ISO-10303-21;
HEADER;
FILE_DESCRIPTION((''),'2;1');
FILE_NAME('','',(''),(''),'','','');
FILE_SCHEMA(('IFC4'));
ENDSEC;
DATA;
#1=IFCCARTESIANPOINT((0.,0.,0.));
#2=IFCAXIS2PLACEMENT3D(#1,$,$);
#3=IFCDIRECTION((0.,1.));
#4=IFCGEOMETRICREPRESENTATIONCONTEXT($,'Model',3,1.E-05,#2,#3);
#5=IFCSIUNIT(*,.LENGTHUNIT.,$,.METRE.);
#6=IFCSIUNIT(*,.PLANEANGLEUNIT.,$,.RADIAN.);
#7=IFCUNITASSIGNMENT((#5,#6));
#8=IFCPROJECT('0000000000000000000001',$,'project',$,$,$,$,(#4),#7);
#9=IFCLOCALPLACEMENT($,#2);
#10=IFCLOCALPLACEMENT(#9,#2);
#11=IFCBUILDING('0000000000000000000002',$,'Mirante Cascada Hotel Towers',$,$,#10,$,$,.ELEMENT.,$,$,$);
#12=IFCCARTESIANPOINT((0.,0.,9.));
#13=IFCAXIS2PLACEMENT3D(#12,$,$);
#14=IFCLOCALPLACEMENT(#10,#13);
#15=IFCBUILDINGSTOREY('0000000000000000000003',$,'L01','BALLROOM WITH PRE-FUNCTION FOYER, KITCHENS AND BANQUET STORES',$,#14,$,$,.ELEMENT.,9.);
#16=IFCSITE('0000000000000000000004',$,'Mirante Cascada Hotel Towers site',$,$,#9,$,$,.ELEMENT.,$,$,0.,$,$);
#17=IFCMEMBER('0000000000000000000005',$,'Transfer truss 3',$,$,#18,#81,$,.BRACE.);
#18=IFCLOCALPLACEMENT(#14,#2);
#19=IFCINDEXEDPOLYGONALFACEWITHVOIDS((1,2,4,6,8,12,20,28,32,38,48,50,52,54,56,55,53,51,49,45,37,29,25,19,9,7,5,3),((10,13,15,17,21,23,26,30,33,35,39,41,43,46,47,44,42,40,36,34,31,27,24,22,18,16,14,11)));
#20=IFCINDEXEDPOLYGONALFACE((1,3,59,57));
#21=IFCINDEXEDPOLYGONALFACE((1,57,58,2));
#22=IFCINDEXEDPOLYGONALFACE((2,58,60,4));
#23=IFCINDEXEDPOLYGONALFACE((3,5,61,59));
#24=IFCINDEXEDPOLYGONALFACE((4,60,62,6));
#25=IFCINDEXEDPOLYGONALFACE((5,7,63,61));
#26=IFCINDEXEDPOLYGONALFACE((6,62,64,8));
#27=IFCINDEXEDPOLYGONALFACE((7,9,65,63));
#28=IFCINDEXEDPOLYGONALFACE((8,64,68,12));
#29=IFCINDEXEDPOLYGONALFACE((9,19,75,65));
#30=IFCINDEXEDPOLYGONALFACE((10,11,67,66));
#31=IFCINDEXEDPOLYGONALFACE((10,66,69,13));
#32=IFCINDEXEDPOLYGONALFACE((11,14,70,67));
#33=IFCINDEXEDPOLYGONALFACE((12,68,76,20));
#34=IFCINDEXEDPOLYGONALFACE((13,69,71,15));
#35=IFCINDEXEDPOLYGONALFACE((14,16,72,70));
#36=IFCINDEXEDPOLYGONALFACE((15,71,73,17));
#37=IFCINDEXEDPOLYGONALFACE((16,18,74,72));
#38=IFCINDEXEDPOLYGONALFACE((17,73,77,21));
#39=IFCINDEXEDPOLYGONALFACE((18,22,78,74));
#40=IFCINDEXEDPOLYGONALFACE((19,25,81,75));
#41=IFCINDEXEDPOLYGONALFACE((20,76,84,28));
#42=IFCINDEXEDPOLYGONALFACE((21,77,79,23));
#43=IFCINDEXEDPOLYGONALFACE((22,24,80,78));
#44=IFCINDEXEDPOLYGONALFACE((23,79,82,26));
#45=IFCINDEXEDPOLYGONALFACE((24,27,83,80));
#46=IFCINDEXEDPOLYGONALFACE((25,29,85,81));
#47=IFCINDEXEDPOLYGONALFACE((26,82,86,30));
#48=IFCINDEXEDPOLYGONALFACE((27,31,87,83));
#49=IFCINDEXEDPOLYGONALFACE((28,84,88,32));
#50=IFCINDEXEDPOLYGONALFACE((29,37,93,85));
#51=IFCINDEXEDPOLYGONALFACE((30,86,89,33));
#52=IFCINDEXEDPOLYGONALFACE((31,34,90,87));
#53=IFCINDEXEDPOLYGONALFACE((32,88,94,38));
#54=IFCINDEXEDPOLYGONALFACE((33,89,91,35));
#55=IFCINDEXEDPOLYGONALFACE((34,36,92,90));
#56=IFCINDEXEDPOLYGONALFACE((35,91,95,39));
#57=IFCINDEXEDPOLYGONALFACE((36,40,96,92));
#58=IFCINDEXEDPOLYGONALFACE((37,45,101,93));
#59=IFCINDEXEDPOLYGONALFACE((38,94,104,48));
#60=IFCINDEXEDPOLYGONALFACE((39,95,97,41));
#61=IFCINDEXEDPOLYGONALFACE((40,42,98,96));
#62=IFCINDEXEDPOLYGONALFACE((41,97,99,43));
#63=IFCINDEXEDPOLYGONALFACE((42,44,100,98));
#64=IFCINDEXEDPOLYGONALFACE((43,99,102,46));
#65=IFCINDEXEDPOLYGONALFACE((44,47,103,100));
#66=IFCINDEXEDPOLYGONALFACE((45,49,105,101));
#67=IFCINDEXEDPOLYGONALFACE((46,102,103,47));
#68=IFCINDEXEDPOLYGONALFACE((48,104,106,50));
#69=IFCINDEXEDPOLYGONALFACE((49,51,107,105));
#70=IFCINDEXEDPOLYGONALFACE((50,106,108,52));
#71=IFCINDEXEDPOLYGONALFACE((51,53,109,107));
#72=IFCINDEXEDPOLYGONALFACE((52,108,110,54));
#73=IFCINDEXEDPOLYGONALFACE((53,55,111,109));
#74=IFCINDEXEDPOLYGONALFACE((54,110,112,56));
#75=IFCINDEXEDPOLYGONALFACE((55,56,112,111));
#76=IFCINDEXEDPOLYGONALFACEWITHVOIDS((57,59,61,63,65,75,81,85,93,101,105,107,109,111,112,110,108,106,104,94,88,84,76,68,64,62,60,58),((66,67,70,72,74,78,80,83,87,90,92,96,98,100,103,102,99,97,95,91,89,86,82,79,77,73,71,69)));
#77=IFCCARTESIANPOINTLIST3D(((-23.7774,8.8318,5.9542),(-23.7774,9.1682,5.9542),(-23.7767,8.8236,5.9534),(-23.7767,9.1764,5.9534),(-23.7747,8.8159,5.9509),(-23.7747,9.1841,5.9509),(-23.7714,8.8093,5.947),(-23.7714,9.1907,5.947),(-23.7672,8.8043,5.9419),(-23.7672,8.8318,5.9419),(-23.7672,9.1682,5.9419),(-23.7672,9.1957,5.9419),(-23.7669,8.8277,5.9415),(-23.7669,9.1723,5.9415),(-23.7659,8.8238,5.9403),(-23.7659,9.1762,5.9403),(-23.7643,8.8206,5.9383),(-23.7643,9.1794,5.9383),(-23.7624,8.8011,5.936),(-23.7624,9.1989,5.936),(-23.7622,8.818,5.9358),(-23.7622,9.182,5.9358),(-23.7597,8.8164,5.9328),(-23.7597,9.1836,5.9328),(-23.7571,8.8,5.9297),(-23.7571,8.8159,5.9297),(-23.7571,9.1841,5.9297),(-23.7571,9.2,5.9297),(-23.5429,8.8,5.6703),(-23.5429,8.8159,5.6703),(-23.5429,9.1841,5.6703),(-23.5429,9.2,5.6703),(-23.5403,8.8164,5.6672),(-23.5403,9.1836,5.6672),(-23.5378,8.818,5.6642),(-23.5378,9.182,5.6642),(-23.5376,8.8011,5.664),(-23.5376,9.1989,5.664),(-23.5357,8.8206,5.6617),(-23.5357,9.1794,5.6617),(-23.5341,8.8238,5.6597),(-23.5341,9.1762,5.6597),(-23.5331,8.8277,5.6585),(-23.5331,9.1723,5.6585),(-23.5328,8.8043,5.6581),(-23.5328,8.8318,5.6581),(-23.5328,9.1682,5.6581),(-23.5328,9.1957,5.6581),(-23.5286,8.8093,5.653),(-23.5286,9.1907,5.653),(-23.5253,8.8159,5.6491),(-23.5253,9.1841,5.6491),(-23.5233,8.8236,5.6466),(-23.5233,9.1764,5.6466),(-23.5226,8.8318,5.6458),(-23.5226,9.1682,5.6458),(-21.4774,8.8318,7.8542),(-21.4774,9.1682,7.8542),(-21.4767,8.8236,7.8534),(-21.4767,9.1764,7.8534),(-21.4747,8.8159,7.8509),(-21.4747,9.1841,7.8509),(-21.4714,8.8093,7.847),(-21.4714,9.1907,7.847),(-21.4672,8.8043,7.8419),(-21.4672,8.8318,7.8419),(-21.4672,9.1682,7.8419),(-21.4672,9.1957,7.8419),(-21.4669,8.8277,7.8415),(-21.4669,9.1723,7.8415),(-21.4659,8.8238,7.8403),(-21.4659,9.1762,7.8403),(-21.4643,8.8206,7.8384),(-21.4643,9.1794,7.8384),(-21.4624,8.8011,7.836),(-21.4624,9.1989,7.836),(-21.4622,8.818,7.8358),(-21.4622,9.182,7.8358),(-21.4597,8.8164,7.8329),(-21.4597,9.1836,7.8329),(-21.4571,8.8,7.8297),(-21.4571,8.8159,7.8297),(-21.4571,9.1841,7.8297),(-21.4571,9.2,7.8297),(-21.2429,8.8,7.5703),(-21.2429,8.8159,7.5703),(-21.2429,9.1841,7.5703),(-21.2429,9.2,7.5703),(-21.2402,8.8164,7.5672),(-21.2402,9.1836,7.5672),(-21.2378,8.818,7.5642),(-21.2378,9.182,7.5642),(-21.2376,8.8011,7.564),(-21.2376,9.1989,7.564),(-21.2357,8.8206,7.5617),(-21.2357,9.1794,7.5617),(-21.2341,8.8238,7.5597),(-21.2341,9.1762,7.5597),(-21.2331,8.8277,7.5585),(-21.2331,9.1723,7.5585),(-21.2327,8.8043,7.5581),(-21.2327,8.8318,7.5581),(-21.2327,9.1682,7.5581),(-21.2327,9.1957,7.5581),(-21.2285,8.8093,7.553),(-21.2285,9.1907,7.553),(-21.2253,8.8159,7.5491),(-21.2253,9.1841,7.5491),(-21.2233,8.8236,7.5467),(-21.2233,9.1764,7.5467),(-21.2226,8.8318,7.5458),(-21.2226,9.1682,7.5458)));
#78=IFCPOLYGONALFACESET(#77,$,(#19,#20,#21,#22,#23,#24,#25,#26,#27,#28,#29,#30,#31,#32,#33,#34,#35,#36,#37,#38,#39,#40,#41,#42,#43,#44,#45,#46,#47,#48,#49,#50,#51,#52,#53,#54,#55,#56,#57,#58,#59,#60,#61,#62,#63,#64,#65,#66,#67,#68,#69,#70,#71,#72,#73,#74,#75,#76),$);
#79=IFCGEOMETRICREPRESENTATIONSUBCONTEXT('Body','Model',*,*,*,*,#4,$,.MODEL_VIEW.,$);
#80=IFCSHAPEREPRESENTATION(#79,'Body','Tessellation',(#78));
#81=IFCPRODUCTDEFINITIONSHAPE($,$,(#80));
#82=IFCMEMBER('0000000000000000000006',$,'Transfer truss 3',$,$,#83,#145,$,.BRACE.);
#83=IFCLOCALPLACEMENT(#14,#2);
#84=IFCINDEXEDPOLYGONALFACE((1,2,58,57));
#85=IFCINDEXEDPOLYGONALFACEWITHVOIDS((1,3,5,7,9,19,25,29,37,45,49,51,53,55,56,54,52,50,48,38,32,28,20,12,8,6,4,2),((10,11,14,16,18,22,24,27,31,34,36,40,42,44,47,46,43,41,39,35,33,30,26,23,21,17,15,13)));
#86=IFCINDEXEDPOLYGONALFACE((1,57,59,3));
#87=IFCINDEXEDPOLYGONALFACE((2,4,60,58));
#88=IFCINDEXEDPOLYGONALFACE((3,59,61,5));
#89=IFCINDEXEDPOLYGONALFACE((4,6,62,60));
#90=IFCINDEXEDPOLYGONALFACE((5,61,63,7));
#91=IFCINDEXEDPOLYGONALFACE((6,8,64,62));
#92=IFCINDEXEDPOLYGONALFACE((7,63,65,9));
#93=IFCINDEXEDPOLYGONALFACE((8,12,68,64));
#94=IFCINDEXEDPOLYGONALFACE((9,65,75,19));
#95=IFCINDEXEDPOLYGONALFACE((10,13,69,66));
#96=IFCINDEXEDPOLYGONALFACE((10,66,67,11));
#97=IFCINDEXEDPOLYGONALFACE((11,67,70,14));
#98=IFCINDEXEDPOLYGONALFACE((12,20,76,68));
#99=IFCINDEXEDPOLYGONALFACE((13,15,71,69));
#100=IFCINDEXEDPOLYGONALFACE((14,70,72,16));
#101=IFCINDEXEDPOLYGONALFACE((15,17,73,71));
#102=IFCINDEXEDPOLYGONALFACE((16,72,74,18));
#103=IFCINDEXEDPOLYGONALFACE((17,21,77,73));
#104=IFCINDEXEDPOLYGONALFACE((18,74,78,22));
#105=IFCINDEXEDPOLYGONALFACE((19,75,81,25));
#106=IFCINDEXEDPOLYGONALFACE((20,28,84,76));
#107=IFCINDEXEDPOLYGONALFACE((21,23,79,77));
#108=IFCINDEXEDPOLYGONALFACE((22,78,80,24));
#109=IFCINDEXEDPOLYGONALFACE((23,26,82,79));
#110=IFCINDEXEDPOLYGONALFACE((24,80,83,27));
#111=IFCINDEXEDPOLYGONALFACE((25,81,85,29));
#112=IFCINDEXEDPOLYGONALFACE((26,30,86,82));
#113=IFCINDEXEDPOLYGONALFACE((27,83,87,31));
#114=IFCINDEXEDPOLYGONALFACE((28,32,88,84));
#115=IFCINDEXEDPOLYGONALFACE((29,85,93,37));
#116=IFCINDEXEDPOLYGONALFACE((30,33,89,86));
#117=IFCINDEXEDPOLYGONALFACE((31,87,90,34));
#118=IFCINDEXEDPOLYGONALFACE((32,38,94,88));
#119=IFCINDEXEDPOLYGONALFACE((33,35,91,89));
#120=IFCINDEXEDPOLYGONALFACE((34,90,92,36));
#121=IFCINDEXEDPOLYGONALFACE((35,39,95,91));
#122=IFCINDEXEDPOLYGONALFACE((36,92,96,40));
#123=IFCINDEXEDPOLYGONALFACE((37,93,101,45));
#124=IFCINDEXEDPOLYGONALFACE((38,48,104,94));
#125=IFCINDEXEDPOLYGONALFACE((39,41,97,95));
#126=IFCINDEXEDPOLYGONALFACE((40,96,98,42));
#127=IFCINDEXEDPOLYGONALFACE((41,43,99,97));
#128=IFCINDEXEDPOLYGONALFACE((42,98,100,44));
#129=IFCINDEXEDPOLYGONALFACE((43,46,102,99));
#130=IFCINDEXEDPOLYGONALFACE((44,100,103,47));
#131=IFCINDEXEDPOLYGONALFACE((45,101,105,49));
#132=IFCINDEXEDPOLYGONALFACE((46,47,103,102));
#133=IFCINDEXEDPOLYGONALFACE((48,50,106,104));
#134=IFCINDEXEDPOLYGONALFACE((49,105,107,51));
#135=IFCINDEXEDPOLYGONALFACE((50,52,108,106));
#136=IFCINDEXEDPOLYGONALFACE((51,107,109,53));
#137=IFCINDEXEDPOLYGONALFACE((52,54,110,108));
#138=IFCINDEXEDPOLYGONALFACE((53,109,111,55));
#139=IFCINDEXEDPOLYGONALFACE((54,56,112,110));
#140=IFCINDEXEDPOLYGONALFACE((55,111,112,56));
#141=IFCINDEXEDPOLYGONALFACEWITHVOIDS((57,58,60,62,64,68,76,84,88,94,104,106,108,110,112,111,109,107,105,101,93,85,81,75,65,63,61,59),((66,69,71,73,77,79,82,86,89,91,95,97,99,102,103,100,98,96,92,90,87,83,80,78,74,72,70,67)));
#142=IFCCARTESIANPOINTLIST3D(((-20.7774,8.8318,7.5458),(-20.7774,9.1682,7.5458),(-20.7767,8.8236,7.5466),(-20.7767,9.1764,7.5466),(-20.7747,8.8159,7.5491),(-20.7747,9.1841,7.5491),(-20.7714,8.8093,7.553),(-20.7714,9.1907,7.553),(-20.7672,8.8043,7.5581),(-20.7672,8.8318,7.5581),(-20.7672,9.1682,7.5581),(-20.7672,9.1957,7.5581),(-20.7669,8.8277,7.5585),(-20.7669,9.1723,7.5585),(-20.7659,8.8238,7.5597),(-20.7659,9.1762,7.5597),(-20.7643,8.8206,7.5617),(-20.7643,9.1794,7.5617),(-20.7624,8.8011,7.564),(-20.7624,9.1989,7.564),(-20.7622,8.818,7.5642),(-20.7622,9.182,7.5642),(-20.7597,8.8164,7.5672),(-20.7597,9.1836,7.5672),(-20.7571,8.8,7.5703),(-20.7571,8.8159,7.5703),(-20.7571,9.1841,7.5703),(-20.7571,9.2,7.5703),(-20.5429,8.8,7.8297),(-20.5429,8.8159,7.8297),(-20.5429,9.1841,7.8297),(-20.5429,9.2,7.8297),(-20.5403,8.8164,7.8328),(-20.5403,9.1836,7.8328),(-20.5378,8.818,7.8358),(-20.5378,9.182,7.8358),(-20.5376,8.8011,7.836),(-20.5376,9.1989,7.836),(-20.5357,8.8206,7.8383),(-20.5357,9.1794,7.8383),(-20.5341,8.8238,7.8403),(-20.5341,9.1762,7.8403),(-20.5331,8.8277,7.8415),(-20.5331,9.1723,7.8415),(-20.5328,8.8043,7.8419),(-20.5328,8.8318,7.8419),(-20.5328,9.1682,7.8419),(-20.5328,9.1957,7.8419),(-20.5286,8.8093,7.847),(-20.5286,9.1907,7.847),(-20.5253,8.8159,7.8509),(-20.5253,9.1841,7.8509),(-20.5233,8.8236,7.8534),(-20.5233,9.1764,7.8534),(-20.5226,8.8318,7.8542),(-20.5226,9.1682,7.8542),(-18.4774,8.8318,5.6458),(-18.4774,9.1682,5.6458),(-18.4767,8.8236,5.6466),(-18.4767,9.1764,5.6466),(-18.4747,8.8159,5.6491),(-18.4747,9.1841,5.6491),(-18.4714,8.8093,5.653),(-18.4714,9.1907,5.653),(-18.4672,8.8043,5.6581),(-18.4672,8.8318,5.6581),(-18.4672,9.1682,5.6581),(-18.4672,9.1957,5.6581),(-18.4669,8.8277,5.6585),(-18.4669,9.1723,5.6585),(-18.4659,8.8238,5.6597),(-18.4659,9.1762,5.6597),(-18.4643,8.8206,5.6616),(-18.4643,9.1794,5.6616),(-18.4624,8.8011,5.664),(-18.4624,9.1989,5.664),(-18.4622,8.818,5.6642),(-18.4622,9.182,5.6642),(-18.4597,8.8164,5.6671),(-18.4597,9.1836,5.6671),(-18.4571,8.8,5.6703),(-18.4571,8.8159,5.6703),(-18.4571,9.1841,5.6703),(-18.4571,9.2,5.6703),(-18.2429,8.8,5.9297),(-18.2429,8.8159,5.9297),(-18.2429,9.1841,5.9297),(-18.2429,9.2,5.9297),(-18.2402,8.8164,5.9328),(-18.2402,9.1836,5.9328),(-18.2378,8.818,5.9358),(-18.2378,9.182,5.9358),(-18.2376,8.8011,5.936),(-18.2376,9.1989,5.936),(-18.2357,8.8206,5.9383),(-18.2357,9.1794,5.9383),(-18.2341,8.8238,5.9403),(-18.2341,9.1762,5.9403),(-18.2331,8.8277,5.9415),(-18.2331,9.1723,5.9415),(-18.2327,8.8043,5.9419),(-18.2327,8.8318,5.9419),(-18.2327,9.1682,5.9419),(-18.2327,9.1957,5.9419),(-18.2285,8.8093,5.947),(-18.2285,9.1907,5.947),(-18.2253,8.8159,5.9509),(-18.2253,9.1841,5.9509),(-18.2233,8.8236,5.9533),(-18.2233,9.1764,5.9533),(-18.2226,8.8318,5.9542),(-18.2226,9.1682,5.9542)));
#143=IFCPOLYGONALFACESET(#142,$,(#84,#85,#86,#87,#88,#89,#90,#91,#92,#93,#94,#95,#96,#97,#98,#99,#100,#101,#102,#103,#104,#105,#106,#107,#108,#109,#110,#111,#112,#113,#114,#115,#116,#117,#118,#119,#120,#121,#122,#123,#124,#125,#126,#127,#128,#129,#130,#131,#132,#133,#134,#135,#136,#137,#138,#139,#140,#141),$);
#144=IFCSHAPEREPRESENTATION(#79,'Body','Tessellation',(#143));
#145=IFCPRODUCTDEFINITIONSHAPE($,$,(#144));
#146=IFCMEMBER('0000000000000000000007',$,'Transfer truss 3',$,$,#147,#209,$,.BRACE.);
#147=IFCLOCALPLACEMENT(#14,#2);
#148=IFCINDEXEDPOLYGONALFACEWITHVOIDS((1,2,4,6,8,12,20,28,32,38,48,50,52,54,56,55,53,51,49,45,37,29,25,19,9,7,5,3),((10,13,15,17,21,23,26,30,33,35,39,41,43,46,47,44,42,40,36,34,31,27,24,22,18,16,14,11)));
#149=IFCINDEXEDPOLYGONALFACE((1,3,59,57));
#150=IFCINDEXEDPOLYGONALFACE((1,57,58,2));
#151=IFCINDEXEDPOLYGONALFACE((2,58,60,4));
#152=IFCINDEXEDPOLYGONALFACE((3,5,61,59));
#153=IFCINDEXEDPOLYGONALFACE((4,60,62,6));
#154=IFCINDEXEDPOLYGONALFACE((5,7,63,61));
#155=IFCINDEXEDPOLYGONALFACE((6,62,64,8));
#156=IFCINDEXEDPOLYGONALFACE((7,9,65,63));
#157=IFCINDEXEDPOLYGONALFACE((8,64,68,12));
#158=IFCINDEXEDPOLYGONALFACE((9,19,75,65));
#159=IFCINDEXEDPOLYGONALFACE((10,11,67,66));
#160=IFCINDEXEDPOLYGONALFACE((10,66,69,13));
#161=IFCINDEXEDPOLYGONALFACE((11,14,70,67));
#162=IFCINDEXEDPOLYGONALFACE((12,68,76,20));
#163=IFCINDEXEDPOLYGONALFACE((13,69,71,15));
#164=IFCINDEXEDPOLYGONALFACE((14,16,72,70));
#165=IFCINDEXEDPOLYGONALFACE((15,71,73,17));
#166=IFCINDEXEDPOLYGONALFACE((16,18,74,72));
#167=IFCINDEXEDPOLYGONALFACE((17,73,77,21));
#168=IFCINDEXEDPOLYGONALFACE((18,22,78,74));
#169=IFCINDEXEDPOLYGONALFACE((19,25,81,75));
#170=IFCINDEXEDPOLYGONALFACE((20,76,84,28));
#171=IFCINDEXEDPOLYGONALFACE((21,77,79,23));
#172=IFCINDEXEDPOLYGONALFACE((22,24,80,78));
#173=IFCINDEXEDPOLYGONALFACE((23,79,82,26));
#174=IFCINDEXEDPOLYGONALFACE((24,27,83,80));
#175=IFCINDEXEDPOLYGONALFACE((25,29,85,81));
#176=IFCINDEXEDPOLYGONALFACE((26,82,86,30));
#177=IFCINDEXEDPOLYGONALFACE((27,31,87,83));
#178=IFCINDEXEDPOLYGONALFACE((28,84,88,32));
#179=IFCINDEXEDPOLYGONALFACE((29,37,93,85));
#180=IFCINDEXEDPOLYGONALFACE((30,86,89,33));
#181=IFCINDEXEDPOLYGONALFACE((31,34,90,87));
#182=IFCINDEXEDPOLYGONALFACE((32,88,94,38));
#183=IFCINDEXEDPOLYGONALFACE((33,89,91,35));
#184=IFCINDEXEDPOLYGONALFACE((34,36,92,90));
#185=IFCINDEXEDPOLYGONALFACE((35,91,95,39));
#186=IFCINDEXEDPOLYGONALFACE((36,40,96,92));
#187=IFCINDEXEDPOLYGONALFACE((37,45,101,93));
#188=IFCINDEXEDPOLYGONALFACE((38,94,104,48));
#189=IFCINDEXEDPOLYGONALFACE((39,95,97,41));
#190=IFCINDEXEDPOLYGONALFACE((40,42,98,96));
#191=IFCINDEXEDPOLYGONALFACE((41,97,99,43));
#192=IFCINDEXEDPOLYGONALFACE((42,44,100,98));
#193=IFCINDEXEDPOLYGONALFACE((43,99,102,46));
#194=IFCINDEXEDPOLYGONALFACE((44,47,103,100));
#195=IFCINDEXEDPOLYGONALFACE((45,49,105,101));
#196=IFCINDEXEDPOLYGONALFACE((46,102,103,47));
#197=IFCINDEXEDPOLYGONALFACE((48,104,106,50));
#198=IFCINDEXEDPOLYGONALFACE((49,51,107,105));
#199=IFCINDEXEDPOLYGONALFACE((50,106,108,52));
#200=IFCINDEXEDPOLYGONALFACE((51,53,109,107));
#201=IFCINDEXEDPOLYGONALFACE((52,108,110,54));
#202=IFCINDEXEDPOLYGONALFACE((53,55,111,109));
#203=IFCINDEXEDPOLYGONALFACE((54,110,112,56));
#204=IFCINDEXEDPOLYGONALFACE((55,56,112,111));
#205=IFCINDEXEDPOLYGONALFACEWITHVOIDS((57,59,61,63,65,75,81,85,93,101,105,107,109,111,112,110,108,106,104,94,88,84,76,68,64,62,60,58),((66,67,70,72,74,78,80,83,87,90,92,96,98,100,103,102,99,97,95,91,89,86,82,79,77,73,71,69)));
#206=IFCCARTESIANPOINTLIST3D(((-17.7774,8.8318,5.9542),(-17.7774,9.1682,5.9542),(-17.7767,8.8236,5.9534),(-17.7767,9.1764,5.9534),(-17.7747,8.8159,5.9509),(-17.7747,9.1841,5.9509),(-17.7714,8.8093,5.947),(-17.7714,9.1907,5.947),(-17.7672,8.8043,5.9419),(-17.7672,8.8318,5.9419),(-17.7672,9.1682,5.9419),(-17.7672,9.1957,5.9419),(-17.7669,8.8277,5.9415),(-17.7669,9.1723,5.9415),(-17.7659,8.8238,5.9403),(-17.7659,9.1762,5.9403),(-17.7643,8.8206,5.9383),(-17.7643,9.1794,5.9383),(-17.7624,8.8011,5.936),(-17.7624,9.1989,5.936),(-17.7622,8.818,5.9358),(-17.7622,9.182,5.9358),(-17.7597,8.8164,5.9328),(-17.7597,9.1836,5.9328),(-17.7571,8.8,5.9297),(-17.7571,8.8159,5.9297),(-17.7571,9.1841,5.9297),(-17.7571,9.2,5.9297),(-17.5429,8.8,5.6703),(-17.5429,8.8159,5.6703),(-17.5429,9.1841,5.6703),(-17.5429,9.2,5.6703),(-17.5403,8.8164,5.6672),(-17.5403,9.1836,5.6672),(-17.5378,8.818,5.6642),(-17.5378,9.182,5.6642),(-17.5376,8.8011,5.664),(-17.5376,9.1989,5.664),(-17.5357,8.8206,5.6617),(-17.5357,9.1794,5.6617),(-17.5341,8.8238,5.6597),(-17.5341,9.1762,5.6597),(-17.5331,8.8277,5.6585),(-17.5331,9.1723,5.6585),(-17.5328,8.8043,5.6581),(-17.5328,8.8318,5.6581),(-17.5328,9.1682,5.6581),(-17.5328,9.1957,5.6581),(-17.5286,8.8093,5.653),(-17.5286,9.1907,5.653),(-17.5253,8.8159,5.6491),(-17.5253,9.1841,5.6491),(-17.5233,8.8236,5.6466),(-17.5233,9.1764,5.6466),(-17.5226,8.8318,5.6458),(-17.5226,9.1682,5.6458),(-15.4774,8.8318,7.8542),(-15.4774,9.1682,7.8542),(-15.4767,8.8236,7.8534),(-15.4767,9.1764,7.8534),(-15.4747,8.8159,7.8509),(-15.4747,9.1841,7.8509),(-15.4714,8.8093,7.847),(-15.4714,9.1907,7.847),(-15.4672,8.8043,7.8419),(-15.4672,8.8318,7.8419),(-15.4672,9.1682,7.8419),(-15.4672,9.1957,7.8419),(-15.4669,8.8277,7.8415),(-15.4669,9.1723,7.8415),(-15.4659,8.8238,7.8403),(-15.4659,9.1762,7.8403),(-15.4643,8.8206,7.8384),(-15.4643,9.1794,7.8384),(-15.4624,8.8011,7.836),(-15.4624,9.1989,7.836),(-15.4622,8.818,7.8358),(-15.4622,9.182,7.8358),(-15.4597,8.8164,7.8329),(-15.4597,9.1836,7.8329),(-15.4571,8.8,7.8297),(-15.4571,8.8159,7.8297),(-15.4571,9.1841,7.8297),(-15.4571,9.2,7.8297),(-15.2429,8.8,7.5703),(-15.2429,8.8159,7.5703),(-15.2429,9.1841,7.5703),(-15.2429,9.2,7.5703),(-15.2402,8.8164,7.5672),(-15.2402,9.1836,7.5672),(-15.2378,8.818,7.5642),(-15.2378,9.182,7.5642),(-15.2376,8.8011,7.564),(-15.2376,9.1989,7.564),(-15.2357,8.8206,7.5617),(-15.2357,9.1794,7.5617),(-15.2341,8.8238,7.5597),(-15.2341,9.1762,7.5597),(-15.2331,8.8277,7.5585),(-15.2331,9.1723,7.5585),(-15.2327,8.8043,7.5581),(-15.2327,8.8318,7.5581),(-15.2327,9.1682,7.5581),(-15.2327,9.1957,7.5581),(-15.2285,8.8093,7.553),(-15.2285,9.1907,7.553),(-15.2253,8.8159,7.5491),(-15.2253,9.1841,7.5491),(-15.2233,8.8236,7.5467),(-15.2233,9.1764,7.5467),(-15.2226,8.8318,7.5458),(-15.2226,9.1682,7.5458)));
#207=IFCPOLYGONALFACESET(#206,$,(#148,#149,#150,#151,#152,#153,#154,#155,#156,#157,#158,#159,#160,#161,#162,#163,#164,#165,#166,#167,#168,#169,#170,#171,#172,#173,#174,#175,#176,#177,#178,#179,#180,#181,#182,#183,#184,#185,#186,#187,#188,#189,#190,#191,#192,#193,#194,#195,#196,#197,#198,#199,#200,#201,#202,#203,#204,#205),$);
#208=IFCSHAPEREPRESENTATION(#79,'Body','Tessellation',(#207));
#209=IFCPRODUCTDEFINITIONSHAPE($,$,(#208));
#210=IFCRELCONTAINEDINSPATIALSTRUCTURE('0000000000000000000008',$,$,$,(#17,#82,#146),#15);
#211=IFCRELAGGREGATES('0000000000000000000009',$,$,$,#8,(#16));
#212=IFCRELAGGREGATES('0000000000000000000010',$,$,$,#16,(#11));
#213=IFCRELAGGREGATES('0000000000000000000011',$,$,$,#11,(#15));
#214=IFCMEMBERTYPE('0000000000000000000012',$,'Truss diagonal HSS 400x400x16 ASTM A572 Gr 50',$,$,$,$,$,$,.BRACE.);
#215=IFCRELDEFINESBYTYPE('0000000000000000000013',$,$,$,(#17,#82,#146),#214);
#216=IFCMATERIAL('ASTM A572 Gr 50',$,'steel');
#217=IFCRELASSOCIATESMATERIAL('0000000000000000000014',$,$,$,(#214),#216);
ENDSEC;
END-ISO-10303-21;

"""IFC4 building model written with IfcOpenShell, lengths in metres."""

from ifc_helpers import new_model, si_unit, direction, frame, origin, origin_2d, place, context, subcontext, project, spatial, hollow_rectangle, extrude, material, material_profile, profile_set, type_object, element, save


model = new_model("IFC4")

# Units and contexts
model_context = context("Model", 3, precision=1e-05, world=origin(), true_north=direction((0.0, 1.0)))
body_context = subcontext(model_context, "Body", "Model", "MODEL_VIEW")
ifc_project = project(units=[si_unit("LENGTHUNIT", "METRE"), si_unit("PLANEANGLEUNIT", "RADIAN")], contexts=[model_context])

# Site, building, storey
site_placement = place(None, origin())
site = spatial("IfcSite", under=ifc_project, at=site_placement, Name="Mirante Cascada Hotel Towers site", CompositionType="ELEMENT", RefElevation=0.0)
building_placement = place(site_placement, origin())
building = spatial("IfcBuilding", under=site, at=building_placement, Name="Mirante Cascada Hotel Towers", CompositionType="ELEMENT")
storey_placement = place(building_placement, frame((0.0, 0.0, 9.0)))
storey = spatial("IfcBuildingStorey", under=building, at=storey_placement, Name="L01", Description="BALLROOM WITH PRE-FUNCTION FOYER, KITCHENS AND BANQUET STORES", CompositionType="ELEMENT", Elevation=9.0)

# Members
ifc_material_1 = material(Name="ASTM A572 Gr 50", Category="steel")
ifc_material_profile_1 = material_profile(ifc_material_1, hollow_rectangle(XDim=0.4, YDim=0.4, WallThickness=0.0159, InnerFilletRadius=0.0159, OuterFilletRadius=0.0318, at=origin_2d()), Name="HSS 400x400x16")
ifc_profile_set_1 = profile_set([ifc_material_profile_1], Name="ASTM A572 Gr 50")
member_type_1 = type_object("IfcMemberType", Name="Truss diagonal HSS 400x400x16 ASTM A572 Gr 50", PredefinedType="BRACE", material=ifc_profile_set_1)
for number, where, z_axis, x_axis, name in (
    (1, (-23.65, 9.0, 5.8), (0.770962, 0.0, 0.636881), (0.0, 1.0, 0.0), "Transfer truss 3"),
    (2, (-20.65, 9.0, 7.7), (0.770962, 0.0, -0.636881), (0.0, 1.0, 0.0), "Transfer truss 3"),
    (3, (-17.65, 9.0, 5.8), (0.770962, 0.0, 0.636881), (0.0, 1.0, 0.0), "Transfer truss 3"),
):
    element("IfcMember", number, at=place(storey_placement, frame(where, z_axis=z_axis, x_axis=x_axis)), inside=storey, type_object=member_type_1, Name=name, PredefinedType="BRACE", context=body_context, shape_type="SweptSolid", body=[
        extrude(hollow_rectangle(XDim=0.4, YDim=0.4, WallThickness=0.0159, InnerFilletRadius=0.0159, OuterFilletRadius=0.0318, at=origin_2d()), origin(), (0.0, 0.0, 1.0), 2.9833),
    ])

save(model, "model.ifc")
